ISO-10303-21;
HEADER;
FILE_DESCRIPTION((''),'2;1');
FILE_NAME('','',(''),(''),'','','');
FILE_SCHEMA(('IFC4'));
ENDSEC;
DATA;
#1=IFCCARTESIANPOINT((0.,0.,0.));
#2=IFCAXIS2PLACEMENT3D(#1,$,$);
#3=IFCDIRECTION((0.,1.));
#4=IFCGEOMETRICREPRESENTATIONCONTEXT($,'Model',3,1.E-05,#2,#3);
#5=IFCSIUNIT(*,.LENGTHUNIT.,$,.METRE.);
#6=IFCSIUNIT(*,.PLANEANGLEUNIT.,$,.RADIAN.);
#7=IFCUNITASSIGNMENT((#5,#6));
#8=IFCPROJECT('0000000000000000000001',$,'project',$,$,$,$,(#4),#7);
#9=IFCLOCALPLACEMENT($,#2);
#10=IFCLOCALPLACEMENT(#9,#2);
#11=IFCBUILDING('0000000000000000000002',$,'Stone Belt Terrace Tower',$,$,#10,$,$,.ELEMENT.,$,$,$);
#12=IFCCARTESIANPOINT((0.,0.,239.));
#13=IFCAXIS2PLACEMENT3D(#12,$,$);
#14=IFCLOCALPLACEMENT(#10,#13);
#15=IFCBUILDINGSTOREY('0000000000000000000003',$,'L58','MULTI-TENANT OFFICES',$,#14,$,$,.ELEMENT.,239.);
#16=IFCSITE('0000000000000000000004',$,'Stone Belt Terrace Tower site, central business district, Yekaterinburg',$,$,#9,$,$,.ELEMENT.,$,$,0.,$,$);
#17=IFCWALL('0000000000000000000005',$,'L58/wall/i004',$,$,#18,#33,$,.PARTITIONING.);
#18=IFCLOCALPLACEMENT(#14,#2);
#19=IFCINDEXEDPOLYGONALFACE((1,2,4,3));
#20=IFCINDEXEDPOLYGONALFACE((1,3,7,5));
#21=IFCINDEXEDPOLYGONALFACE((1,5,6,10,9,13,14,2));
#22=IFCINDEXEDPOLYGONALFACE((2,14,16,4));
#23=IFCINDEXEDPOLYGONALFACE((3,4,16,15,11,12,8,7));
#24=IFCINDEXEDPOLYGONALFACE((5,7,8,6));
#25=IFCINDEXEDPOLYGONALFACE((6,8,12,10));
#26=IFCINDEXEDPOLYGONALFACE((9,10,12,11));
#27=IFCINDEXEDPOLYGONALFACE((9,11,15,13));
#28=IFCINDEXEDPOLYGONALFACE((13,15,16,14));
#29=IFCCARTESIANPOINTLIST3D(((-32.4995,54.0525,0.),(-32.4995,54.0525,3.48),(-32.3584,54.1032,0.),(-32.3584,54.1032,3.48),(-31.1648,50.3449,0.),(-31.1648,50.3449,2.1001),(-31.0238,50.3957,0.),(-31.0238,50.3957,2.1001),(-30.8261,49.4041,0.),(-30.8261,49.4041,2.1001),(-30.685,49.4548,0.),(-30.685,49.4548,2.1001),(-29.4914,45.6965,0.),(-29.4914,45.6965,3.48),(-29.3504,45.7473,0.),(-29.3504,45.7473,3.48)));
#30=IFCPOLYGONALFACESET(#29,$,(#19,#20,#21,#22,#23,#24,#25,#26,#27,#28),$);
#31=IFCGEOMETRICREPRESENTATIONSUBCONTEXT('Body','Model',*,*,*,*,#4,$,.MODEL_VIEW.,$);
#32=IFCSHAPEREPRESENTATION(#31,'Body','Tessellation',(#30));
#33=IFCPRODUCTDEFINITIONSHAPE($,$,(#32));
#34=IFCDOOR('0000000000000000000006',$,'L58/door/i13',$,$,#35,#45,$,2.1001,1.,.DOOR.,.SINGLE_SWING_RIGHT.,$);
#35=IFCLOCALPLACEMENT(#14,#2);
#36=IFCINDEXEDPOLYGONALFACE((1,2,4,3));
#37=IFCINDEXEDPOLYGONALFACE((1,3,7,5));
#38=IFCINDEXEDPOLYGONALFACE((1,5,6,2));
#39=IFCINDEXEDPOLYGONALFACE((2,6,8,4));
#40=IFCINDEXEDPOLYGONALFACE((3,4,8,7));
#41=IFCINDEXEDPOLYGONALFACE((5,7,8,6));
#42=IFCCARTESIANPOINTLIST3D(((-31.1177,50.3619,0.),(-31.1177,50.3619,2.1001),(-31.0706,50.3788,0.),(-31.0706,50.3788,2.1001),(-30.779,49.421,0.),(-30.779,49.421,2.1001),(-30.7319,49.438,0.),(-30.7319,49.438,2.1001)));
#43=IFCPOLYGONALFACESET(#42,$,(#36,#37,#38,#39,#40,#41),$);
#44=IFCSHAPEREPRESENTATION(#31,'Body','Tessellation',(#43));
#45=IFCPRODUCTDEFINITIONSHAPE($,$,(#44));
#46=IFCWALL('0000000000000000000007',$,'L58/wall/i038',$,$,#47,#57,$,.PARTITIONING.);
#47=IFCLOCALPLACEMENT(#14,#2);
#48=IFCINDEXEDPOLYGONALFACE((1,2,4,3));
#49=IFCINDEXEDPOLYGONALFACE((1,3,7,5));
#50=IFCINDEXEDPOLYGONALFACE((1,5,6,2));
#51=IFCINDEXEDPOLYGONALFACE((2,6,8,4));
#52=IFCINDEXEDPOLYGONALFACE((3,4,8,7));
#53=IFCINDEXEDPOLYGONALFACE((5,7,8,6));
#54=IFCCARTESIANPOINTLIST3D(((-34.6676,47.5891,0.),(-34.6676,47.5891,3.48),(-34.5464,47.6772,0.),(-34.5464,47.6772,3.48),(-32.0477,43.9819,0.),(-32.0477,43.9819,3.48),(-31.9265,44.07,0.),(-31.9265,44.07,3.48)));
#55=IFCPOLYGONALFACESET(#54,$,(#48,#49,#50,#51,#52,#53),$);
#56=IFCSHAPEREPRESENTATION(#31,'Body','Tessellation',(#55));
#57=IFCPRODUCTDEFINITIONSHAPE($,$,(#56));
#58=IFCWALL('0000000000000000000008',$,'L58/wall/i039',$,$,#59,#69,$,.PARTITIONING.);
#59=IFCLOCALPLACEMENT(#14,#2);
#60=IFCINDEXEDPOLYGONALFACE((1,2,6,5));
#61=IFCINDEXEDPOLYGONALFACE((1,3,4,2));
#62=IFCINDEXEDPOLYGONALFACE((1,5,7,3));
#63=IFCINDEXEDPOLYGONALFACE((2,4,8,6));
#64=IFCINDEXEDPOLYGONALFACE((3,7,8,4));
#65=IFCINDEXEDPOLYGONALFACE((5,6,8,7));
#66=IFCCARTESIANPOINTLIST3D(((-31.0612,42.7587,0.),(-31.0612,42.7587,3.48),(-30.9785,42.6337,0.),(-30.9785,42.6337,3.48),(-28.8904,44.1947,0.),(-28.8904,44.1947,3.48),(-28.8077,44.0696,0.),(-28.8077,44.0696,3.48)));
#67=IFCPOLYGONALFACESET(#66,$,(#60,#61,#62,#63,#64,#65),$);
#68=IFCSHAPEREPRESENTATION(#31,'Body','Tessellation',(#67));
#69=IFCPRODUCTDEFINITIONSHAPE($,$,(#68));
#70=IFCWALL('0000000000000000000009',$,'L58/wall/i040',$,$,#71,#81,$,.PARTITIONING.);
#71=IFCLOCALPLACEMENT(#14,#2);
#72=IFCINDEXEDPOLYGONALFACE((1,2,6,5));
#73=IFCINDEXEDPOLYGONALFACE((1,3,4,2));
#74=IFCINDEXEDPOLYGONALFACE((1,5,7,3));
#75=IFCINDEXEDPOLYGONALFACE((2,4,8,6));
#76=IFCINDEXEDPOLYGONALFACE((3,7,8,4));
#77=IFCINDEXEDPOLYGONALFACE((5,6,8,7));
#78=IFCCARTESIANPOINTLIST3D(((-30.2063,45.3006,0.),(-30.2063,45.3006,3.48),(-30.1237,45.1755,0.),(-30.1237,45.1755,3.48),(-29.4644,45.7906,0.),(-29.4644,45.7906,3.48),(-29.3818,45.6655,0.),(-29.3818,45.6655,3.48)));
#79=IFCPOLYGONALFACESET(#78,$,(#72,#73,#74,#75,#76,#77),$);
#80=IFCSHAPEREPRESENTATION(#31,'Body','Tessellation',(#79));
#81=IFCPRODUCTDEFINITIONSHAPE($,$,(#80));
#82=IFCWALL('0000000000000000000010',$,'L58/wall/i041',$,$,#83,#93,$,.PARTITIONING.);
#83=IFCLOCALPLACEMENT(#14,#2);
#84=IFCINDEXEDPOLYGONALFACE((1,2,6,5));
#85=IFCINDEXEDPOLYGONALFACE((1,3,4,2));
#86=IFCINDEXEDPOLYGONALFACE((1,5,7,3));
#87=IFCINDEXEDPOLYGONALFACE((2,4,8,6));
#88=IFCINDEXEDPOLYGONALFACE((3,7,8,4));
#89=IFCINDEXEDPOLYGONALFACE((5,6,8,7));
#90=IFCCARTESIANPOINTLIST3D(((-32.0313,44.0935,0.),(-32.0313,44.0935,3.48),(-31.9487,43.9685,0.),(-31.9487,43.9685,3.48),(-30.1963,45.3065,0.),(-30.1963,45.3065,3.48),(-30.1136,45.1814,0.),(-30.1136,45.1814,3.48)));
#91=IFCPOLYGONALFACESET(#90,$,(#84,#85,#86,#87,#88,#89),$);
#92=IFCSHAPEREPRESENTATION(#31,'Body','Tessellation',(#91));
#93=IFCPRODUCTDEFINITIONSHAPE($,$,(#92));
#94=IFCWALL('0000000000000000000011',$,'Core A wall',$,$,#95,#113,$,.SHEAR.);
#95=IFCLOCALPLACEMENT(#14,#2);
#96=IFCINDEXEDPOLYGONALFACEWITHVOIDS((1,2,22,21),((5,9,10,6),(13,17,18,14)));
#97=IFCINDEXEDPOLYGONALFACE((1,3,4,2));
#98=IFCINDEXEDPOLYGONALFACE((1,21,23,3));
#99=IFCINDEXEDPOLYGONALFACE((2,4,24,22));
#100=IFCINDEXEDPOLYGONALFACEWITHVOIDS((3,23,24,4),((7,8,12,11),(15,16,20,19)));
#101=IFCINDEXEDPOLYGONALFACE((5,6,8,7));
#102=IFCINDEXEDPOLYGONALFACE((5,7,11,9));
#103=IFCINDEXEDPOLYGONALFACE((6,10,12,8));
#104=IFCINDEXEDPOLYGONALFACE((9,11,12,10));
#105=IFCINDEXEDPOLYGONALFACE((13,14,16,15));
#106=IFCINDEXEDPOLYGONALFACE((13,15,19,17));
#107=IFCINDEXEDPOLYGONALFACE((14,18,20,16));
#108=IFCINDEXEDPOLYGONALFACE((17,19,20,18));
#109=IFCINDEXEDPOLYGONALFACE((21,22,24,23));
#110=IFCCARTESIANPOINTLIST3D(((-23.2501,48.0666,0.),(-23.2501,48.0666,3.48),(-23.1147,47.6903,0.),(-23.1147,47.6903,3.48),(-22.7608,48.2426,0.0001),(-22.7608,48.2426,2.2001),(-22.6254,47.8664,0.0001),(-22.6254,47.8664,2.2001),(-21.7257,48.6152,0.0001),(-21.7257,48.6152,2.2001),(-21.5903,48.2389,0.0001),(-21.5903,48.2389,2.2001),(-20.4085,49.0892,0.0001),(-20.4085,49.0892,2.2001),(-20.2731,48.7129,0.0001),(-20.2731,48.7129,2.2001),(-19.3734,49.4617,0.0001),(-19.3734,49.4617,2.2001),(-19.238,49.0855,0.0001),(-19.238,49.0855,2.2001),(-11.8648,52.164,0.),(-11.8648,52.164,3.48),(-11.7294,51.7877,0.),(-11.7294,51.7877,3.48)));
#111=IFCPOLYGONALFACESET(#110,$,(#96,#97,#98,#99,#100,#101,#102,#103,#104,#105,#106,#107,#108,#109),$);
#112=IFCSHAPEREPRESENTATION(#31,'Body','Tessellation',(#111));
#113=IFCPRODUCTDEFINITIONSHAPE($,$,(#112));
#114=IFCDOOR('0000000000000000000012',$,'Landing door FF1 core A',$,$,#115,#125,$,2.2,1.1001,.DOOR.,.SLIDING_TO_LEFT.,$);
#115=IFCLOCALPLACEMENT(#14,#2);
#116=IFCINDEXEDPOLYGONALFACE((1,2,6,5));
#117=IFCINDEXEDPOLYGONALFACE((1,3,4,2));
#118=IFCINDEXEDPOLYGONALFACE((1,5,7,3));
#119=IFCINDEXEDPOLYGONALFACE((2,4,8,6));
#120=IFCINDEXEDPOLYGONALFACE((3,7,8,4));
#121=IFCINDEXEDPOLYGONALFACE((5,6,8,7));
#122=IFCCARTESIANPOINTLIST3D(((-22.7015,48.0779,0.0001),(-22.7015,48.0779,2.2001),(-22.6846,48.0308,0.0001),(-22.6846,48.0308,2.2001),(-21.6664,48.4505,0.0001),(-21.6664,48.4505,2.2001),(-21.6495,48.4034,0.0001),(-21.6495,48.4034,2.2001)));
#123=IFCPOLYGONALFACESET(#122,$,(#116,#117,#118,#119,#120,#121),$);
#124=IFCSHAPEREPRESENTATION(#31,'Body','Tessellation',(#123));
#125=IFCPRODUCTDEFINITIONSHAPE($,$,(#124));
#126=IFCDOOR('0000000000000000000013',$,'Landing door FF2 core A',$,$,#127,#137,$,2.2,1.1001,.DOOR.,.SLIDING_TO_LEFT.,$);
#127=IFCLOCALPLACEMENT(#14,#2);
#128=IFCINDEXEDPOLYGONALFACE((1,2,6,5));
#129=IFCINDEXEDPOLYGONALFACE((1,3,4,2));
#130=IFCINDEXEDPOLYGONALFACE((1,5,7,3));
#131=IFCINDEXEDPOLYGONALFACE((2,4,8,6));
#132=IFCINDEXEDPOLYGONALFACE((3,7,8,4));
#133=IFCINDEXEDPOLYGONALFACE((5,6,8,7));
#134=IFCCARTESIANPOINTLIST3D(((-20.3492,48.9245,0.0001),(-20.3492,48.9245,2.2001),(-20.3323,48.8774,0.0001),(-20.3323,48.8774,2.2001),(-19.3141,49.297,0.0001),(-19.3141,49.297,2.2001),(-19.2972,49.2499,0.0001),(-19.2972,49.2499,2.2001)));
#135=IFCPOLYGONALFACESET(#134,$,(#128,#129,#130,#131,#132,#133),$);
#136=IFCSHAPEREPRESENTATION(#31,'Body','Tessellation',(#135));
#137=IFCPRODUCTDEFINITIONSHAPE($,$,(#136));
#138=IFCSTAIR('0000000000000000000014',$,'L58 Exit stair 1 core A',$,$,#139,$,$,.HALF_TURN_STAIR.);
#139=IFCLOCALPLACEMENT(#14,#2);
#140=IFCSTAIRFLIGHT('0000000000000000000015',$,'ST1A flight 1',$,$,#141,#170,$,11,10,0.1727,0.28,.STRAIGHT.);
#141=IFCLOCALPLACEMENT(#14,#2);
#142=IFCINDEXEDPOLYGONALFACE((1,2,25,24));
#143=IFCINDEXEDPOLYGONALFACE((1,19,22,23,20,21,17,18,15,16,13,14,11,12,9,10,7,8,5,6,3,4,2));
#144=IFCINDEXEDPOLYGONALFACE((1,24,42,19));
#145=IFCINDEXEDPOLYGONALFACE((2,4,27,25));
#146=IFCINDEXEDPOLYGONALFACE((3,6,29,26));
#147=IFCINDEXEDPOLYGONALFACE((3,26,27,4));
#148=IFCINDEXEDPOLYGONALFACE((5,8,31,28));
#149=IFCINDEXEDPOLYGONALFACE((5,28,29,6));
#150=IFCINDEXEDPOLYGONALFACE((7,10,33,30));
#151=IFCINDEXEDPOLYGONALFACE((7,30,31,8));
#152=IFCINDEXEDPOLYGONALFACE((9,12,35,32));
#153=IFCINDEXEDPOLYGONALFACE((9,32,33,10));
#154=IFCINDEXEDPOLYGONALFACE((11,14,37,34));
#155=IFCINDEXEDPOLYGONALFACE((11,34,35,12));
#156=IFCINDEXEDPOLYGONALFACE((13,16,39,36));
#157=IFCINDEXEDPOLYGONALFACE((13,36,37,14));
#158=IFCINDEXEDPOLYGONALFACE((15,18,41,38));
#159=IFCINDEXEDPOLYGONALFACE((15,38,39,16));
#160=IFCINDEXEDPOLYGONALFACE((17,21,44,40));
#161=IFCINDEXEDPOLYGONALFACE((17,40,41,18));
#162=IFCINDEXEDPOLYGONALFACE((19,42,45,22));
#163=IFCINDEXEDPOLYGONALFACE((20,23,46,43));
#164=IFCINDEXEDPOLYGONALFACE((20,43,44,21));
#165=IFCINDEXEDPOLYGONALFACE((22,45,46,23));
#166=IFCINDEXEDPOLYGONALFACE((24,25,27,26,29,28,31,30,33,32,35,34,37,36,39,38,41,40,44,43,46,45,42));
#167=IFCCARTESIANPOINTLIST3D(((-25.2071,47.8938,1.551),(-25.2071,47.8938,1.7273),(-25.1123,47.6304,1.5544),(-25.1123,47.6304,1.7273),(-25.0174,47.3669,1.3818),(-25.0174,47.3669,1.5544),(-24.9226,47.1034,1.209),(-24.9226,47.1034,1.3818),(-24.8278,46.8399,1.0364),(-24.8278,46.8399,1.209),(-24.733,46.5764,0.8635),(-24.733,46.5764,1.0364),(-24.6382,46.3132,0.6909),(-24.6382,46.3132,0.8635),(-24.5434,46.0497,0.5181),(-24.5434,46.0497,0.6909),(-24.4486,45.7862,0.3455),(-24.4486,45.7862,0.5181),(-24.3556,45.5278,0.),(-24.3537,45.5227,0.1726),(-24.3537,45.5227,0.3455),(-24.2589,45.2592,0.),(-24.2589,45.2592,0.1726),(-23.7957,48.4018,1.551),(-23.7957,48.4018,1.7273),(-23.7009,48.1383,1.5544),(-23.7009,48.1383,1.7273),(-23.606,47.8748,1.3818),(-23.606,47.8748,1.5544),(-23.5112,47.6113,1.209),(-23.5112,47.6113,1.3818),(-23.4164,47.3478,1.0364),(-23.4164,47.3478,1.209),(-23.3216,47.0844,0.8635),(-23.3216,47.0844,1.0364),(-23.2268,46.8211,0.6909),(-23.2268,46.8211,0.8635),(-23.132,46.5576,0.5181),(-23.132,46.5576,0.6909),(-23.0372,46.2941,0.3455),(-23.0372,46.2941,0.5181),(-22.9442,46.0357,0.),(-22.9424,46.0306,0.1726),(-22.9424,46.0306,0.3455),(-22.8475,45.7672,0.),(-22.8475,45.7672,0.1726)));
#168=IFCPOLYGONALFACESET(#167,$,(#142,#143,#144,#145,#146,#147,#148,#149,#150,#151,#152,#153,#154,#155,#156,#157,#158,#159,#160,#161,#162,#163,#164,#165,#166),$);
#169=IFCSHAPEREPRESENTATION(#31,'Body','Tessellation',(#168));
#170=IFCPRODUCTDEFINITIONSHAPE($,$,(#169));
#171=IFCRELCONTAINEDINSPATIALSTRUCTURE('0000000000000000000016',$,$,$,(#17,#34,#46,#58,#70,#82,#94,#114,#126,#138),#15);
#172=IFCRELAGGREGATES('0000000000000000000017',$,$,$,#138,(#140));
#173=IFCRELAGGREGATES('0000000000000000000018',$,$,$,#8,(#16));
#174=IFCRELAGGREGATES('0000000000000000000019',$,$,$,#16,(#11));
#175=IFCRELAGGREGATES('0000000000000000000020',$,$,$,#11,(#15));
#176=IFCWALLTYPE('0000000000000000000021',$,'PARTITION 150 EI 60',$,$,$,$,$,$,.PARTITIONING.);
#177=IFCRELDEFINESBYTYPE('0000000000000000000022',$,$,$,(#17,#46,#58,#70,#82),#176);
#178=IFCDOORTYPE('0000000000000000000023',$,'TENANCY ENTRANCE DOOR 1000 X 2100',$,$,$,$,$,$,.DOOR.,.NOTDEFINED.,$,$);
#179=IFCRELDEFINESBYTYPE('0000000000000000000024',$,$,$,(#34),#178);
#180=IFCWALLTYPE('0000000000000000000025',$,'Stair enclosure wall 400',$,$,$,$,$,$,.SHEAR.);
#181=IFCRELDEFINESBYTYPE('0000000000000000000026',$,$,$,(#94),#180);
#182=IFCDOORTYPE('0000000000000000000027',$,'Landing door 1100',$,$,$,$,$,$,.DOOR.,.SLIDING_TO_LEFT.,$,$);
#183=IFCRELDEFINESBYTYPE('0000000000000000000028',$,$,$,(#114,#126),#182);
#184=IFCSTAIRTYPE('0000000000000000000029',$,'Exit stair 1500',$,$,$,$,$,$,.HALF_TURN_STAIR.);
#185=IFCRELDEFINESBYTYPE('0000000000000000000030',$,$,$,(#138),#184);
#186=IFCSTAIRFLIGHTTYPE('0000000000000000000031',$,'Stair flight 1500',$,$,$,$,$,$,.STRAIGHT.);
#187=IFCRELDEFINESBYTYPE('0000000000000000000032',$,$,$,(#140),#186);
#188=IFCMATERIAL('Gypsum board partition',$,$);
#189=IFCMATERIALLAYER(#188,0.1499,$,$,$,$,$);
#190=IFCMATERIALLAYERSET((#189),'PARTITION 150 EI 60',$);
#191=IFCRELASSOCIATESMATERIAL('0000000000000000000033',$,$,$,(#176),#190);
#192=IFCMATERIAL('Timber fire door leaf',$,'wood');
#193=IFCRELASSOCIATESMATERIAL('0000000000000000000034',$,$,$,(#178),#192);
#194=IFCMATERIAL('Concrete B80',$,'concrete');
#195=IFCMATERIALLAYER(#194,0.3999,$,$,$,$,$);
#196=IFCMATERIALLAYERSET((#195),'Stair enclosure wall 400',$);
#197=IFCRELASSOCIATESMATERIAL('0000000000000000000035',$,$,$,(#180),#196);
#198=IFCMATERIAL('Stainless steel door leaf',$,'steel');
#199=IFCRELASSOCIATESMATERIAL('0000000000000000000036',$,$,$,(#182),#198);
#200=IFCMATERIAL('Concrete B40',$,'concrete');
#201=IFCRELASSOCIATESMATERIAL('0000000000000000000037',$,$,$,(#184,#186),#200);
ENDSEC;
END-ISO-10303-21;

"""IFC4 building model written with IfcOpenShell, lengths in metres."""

from ifc_helpers import new_model, si_unit, direction, frame, frame_2d, origin, place, context, subcontext, project, spatial, polyline, rectangle, outline, extrude, material, layer, layer_set, type_object, element, fill, aggregate, save


model = new_model("IFC4")

# Units and contexts
model_context = context("Model", 3, precision=1e-05, world=origin(), true_north=direction((0.0, 1.0)))
body_context = subcontext(model_context, "Body", "Model", "MODEL_VIEW")
ifc_project = project(units=[si_unit("LENGTHUNIT", "METRE"), si_unit("PLANEANGLEUNIT", "RADIAN")], contexts=[model_context])

# Site, building, storey
site_placement = place(None, origin())
site = spatial("IfcSite", under=ifc_project, at=site_placement, Name="Stone Belt Terrace Tower site, central business district, Yekaterinburg", CompositionType="ELEMENT", RefElevation=0.0)
building_placement = place(site_placement, origin())
building = spatial("IfcBuilding", under=site, at=building_placement, Name="Stone Belt Terrace Tower", CompositionType="ELEMENT")
storey_placement = place(building_placement, frame((0.0, 0.0, 239.0)))
storey = spatial("IfcBuildingStorey", under=building, at=storey_placement, Name="L58", Description="MULTI-TENANT OFFICES", CompositionType="ELEMENT", Elevation=239.0)

# Shared definitions
ifc_material_1 = material(Name="Gypsum board partition")

# Wall, opening, door
ifc_layer_1 = layer(ifc_material_1, 0.1499)
ifc_layer_set_1 = layer_set([ifc_layer_1], Name="PARTITION 150 EI 60")
wall_type_1 = type_object("IfcWallType", Name="PARTITION 150 EI 60", PredefinedType="PARTITIONING", material=ifc_layer_set_1)
wall_1_placement = place(storey_placement, frame((-29.4209, 45.7219, 0.0), z_axis=(0.0, 0.0, 1.0), x_axis=(-0.338711, 0.940891, 0.0)))
wall_1 = element("IfcWall", 1, at=wall_1_placement, inside=storey, type_object=wall_type_1, Name="L58/wall/i004", PredefinedType="PARTITIONING", context=body_context, shape_type="SweptSolid", body=[
    extrude(rectangle(XDim=8.8809, YDim=0.1499, at=frame_2d((4.4404, 0.0))), origin(), (0.0, 0.0, 1.0), 3.48),
])
opening_1_placement = place(wall_1_placement, frame((3.9404, 0.0, 0.0)))
opening_1 = element("IfcOpeningElement", 2, at=opening_1_placement, cuts=wall_1, PredefinedType="OPENING", context=body_context, shape_type="SweptSolid", body=[
    extrude(rectangle(XDim=1.0, YDim=2.1001, at=frame_2d((0.5, 1.05))), frame((0.0, 0.085, 0.0), z_axis=(0.0, -1.0, 0.0), x_axis=(1.0, 0.0, 0.0)), (0.0, 0.0, 1.0), 0.1699),
])
ifc_material_2 = material(Name="Timber fire door leaf", Category="wood")
door_type_1 = type_object("IfcDoorType", Name="TENANCY ENTRANCE DOOR 1000 X 2100", OperationType="NOTDEFINED", PredefinedType="DOOR", material=ifc_material_2)
door_1_placement = place(opening_1_placement, origin())
door_1 = element("IfcDoor", 3, at=door_1_placement, inside=storey, type_object=door_type_1, Name="L58/door/i13", OperationType="SINGLE_SWING_RIGHT", OverallHeight=2.1001, OverallWidth=1.0, PredefinedType="DOOR", context=body_context, shape_type="SweptSolid", body=[
    extrude(rectangle(XDim=1.0, YDim=2.1001, at=frame_2d((0.5, 1.05))), frame((0.0, 0.0249, 0.0), z_axis=(0.0, -1.0, 0.0), x_axis=(1.0, 0.0, 0.0)), (0.0, 0.0, 1.0), 0.05),
])
fill(opening_1, door_1)

# Walls
wall_2_placement = place(storey_placement, frame((-34.6069, 47.6331, 0.0), z_axis=(0.0, 0.0, 1.0), x_axis=(0.587654, -0.809112, 0.0)))
element("IfcWall", 4, at=wall_2_placement, inside=storey, type_object=wall_type_1, Name="L58/wall/i038", PredefinedType="PARTITIONING", context=body_context, shape_type="SweptSolid", body=[
    extrude(rectangle(XDim=4.4583, YDim=0.1499, at=frame_2d((2.229, 0.0))), origin(), (0.0, 0.0, 1.0), 3.48),
])
wall_3_placement = place(storey_placement, frame((-28.8491, 44.1321, 0.0), z_axis=(0.0, 0.0, 1.0), x_axis=(-0.834036, -0.55171, 0.0)))
element("IfcWall", 5, at=wall_3_placement, inside=storey, type_object=wall_type_1, Name="L58/wall/i039", PredefinedType="PARTITIONING", context=body_context, shape_type="SweptSolid", body=[
    extrude(rectangle(XDim=2.6028, YDim=0.1499, at=frame_2d((1.3013, 0.0))), origin(), (0.0, 0.0, 1.0), 3.48),
])
wall_4_placement = place(storey_placement, frame((-30.165, 45.238, 0.0), z_axis=(0.0, 0.0, 1.0), x_axis=(0.83445, 0.551083, 0.0)))
element("IfcWall", 6, at=wall_4_placement, inside=storey, type_object=wall_type_1, Name="L58/wall/i040", PredefinedType="PARTITIONING", context=body_context, shape_type="SweptSolid", body=[
    extrude(rectangle(XDim=0.8892, YDim=0.1499, at=frame_2d((0.4446, 0.0))), origin(), (0.0, 0.0, 1.0), 3.48),
])
wall_5_placement = place(storey_placement, frame((-31.99, 44.031, 0.0), z_axis=(0.0, 0.0, 1.0), x_axis=(0.83423, 0.551417, 0.0)))
element("IfcWall", 7, at=wall_5_placement, inside=storey, type_object=wall_type_1, Name="L58/wall/i041", PredefinedType="PARTITIONING", context=body_context, shape_type="SweptSolid", body=[
    extrude(rectangle(XDim=2.1997, YDim=0.1499, at=frame_2d((1.0999, 0.0))), origin(), (0.0, 0.0, 1.0), 3.48),
])

# Wall, openings, doors
ifc_material_3 = material(Name="Concrete B80", Category="concrete")
ifc_layer_2 = layer(ifc_material_3, 0.3999)
ifc_layer_set_2 = layer_set([ifc_layer_2], Name="Stair enclosure wall 400")
wall_type_2 = type_object("IfcWallType", Name="Stair enclosure wall 400", PredefinedType="SHEAR", material=ifc_layer_set_2)
wall_6_placement = place(storey_placement, frame((-23.1824, 47.8784, 0.0), z_axis=(0.0, 0.0, 1.0), x_axis=(0.940921, 0.338626, 0.0)))
wall_6 = element("IfcWall", 8, at=wall_6_placement, inside=storey, type_object=wall_type_2, Name="Core A wall", PredefinedType="SHEAR", context=body_context, shape_type="SweptSolid", body=[
    extrude(rectangle(XDim=12.1001, YDim=0.3999, at=frame_2d((6.05, 0.0))), origin(), (0.0, 0.0, 1.0), 3.48),
])
opening_2_placement = place(wall_6_placement, frame((0.52, 0.0, 0.0)))
opening_2 = element("IfcOpeningElement", 9, at=opening_2_placement, cuts=wall_6, PredefinedType="OPENING", context=body_context, shape_type="SweptSolid", body=[
    extrude(rectangle(XDim=1.1001, YDim=2.2, at=frame_2d((0.55, 1.1001))), frame((0.0, 0.21, 0.0), z_axis=(0.0, -1.0, 0.0), x_axis=(1.0, 0.0, 0.0)), (0.0, 0.0, 1.0), 0.4199),
])
opening_3_placement = place(wall_6_placement, frame((3.02, 0.0, 0.0)))
opening_3 = element("IfcOpeningElement", 10, at=opening_3_placement, cuts=wall_6, PredefinedType="OPENING", context=body_context, shape_type="SweptSolid", body=[
    extrude(rectangle(XDim=1.1001, YDim=2.2, at=frame_2d((0.55, 1.1001))), frame((0.0, 0.21, 0.0), z_axis=(0.0, -1.0, 0.0), x_axis=(1.0, 0.0, 0.0)), (0.0, 0.0, 1.0), 0.4199),
])
ifc_material_4 = material(Name="Stainless steel door leaf", Category="steel")
door_type_2 = type_object("IfcDoorType", Name="Landing door 1100", OperationType="SLIDING_TO_LEFT", PredefinedType="DOOR", material=ifc_material_4)
door_2_placement = place(opening_2_placement, origin())
door_2 = element("IfcDoor", 11, at=door_2_placement, inside=storey, type_object=door_type_2, Name="Landing door FF1 core A", OperationType="SLIDING_TO_LEFT", OverallHeight=2.2, OverallWidth=1.1001, PredefinedType="DOOR", context=body_context, shape_type="SweptSolid", body=[
    extrude(rectangle(XDim=1.1001, YDim=2.2, at=frame_2d((0.55, 1.1001))), frame((0.0, 0.0249, 0.0), z_axis=(0.0, -1.0, 0.0), x_axis=(1.0, 0.0, 0.0)), (0.0, 0.0, 1.0), 0.05),
])
fill(opening_2, door_2)
door_3_placement = place(opening_3_placement, origin())
door_3 = element("IfcDoor", 12, at=door_3_placement, inside=storey, type_object=door_type_2, Name="Landing door FF2 core A", OperationType="SLIDING_TO_LEFT", OverallHeight=2.2, OverallWidth=1.1001, PredefinedType="DOOR", context=body_context, shape_type="SweptSolid", body=[
    extrude(rectangle(XDim=1.1001, YDim=2.2, at=frame_2d((0.55, 1.1001))), frame((0.0, 0.0249, 0.0), z_axis=(0.0, -1.0, 0.0), x_axis=(1.0, 0.0, 0.0)), (0.0, 0.0, 1.0), 0.05),
])
fill(opening_3, door_3)

# Stair, stair flight
ifc_material_5 = material(Name="Concrete B40", Category="concrete")
stair_type = type_object("IfcStairType", Name="Exit stair 1500", PredefinedType="HALF_TURN_STAIR", material=ifc_material_5)
stair_placement = place(storey_placement, origin())
stair = element("IfcStair", 13, at=stair_placement, inside=storey, type_object=stair_type, Name="L58 Exit stair 1 core A", PredefinedType="HALF_TURN_STAIR")
stair_flight_type = type_object("IfcStairFlightType", Name="Stair flight 1500", PredefinedType="STRAIGHT", material=ifc_material_5)
stair_flight_1_placement = place(storey_placement, frame((-23.5532, 45.5132, 0.0), z_axis=(0.0, 0.0, 1.0), x_axis=(-0.338624, 0.940922, 0.0)))
stair_flight_1 = element("IfcStairFlight", 14, at=stair_flight_1_placement, type_object=stair_flight_type, Name="ST1A flight 1", NumberOfRisers=11, NumberOfTreads=10, PredefinedType="STRAIGHT", RiserHeight=0.1727, TreadLength=0.28, context=body_context, shape_type="SweptSolid", body=[
    extrude(outline(polyline([(0.0, 0.0), (0.0, 0.1726), (0.28, 0.1726), (0.28, 0.3455), (0.5601, 0.3455), (0.5601, 0.5181), (0.8401, 0.5181), (0.8401, 0.6909), (1.1201, 0.6909), (1.1201, 0.8635), (1.3999, 0.8635), (1.3999, 1.0364), (1.6799, 1.0364), (1.6799, 1.209), (1.96, 1.209), (1.96, 1.3818), (2.24, 1.3818), (2.24, 1.5544), (2.52, 1.5544), (2.52, 1.7273), (2.8, 1.7273), (2.8, 1.8999), (2.8, 1.551), (0.2854, 0.0), (0.0, 0.0)])), frame((0.0, 0.75, 0.0), z_axis=(0.0, -1.0, 0.0), x_axis=(1.0, 0.0, 0.0)), (0.0, 0.0, 1.0), 1.5),
])
aggregate(stair, [stair_flight_1])

save(model, "model.ifc")
